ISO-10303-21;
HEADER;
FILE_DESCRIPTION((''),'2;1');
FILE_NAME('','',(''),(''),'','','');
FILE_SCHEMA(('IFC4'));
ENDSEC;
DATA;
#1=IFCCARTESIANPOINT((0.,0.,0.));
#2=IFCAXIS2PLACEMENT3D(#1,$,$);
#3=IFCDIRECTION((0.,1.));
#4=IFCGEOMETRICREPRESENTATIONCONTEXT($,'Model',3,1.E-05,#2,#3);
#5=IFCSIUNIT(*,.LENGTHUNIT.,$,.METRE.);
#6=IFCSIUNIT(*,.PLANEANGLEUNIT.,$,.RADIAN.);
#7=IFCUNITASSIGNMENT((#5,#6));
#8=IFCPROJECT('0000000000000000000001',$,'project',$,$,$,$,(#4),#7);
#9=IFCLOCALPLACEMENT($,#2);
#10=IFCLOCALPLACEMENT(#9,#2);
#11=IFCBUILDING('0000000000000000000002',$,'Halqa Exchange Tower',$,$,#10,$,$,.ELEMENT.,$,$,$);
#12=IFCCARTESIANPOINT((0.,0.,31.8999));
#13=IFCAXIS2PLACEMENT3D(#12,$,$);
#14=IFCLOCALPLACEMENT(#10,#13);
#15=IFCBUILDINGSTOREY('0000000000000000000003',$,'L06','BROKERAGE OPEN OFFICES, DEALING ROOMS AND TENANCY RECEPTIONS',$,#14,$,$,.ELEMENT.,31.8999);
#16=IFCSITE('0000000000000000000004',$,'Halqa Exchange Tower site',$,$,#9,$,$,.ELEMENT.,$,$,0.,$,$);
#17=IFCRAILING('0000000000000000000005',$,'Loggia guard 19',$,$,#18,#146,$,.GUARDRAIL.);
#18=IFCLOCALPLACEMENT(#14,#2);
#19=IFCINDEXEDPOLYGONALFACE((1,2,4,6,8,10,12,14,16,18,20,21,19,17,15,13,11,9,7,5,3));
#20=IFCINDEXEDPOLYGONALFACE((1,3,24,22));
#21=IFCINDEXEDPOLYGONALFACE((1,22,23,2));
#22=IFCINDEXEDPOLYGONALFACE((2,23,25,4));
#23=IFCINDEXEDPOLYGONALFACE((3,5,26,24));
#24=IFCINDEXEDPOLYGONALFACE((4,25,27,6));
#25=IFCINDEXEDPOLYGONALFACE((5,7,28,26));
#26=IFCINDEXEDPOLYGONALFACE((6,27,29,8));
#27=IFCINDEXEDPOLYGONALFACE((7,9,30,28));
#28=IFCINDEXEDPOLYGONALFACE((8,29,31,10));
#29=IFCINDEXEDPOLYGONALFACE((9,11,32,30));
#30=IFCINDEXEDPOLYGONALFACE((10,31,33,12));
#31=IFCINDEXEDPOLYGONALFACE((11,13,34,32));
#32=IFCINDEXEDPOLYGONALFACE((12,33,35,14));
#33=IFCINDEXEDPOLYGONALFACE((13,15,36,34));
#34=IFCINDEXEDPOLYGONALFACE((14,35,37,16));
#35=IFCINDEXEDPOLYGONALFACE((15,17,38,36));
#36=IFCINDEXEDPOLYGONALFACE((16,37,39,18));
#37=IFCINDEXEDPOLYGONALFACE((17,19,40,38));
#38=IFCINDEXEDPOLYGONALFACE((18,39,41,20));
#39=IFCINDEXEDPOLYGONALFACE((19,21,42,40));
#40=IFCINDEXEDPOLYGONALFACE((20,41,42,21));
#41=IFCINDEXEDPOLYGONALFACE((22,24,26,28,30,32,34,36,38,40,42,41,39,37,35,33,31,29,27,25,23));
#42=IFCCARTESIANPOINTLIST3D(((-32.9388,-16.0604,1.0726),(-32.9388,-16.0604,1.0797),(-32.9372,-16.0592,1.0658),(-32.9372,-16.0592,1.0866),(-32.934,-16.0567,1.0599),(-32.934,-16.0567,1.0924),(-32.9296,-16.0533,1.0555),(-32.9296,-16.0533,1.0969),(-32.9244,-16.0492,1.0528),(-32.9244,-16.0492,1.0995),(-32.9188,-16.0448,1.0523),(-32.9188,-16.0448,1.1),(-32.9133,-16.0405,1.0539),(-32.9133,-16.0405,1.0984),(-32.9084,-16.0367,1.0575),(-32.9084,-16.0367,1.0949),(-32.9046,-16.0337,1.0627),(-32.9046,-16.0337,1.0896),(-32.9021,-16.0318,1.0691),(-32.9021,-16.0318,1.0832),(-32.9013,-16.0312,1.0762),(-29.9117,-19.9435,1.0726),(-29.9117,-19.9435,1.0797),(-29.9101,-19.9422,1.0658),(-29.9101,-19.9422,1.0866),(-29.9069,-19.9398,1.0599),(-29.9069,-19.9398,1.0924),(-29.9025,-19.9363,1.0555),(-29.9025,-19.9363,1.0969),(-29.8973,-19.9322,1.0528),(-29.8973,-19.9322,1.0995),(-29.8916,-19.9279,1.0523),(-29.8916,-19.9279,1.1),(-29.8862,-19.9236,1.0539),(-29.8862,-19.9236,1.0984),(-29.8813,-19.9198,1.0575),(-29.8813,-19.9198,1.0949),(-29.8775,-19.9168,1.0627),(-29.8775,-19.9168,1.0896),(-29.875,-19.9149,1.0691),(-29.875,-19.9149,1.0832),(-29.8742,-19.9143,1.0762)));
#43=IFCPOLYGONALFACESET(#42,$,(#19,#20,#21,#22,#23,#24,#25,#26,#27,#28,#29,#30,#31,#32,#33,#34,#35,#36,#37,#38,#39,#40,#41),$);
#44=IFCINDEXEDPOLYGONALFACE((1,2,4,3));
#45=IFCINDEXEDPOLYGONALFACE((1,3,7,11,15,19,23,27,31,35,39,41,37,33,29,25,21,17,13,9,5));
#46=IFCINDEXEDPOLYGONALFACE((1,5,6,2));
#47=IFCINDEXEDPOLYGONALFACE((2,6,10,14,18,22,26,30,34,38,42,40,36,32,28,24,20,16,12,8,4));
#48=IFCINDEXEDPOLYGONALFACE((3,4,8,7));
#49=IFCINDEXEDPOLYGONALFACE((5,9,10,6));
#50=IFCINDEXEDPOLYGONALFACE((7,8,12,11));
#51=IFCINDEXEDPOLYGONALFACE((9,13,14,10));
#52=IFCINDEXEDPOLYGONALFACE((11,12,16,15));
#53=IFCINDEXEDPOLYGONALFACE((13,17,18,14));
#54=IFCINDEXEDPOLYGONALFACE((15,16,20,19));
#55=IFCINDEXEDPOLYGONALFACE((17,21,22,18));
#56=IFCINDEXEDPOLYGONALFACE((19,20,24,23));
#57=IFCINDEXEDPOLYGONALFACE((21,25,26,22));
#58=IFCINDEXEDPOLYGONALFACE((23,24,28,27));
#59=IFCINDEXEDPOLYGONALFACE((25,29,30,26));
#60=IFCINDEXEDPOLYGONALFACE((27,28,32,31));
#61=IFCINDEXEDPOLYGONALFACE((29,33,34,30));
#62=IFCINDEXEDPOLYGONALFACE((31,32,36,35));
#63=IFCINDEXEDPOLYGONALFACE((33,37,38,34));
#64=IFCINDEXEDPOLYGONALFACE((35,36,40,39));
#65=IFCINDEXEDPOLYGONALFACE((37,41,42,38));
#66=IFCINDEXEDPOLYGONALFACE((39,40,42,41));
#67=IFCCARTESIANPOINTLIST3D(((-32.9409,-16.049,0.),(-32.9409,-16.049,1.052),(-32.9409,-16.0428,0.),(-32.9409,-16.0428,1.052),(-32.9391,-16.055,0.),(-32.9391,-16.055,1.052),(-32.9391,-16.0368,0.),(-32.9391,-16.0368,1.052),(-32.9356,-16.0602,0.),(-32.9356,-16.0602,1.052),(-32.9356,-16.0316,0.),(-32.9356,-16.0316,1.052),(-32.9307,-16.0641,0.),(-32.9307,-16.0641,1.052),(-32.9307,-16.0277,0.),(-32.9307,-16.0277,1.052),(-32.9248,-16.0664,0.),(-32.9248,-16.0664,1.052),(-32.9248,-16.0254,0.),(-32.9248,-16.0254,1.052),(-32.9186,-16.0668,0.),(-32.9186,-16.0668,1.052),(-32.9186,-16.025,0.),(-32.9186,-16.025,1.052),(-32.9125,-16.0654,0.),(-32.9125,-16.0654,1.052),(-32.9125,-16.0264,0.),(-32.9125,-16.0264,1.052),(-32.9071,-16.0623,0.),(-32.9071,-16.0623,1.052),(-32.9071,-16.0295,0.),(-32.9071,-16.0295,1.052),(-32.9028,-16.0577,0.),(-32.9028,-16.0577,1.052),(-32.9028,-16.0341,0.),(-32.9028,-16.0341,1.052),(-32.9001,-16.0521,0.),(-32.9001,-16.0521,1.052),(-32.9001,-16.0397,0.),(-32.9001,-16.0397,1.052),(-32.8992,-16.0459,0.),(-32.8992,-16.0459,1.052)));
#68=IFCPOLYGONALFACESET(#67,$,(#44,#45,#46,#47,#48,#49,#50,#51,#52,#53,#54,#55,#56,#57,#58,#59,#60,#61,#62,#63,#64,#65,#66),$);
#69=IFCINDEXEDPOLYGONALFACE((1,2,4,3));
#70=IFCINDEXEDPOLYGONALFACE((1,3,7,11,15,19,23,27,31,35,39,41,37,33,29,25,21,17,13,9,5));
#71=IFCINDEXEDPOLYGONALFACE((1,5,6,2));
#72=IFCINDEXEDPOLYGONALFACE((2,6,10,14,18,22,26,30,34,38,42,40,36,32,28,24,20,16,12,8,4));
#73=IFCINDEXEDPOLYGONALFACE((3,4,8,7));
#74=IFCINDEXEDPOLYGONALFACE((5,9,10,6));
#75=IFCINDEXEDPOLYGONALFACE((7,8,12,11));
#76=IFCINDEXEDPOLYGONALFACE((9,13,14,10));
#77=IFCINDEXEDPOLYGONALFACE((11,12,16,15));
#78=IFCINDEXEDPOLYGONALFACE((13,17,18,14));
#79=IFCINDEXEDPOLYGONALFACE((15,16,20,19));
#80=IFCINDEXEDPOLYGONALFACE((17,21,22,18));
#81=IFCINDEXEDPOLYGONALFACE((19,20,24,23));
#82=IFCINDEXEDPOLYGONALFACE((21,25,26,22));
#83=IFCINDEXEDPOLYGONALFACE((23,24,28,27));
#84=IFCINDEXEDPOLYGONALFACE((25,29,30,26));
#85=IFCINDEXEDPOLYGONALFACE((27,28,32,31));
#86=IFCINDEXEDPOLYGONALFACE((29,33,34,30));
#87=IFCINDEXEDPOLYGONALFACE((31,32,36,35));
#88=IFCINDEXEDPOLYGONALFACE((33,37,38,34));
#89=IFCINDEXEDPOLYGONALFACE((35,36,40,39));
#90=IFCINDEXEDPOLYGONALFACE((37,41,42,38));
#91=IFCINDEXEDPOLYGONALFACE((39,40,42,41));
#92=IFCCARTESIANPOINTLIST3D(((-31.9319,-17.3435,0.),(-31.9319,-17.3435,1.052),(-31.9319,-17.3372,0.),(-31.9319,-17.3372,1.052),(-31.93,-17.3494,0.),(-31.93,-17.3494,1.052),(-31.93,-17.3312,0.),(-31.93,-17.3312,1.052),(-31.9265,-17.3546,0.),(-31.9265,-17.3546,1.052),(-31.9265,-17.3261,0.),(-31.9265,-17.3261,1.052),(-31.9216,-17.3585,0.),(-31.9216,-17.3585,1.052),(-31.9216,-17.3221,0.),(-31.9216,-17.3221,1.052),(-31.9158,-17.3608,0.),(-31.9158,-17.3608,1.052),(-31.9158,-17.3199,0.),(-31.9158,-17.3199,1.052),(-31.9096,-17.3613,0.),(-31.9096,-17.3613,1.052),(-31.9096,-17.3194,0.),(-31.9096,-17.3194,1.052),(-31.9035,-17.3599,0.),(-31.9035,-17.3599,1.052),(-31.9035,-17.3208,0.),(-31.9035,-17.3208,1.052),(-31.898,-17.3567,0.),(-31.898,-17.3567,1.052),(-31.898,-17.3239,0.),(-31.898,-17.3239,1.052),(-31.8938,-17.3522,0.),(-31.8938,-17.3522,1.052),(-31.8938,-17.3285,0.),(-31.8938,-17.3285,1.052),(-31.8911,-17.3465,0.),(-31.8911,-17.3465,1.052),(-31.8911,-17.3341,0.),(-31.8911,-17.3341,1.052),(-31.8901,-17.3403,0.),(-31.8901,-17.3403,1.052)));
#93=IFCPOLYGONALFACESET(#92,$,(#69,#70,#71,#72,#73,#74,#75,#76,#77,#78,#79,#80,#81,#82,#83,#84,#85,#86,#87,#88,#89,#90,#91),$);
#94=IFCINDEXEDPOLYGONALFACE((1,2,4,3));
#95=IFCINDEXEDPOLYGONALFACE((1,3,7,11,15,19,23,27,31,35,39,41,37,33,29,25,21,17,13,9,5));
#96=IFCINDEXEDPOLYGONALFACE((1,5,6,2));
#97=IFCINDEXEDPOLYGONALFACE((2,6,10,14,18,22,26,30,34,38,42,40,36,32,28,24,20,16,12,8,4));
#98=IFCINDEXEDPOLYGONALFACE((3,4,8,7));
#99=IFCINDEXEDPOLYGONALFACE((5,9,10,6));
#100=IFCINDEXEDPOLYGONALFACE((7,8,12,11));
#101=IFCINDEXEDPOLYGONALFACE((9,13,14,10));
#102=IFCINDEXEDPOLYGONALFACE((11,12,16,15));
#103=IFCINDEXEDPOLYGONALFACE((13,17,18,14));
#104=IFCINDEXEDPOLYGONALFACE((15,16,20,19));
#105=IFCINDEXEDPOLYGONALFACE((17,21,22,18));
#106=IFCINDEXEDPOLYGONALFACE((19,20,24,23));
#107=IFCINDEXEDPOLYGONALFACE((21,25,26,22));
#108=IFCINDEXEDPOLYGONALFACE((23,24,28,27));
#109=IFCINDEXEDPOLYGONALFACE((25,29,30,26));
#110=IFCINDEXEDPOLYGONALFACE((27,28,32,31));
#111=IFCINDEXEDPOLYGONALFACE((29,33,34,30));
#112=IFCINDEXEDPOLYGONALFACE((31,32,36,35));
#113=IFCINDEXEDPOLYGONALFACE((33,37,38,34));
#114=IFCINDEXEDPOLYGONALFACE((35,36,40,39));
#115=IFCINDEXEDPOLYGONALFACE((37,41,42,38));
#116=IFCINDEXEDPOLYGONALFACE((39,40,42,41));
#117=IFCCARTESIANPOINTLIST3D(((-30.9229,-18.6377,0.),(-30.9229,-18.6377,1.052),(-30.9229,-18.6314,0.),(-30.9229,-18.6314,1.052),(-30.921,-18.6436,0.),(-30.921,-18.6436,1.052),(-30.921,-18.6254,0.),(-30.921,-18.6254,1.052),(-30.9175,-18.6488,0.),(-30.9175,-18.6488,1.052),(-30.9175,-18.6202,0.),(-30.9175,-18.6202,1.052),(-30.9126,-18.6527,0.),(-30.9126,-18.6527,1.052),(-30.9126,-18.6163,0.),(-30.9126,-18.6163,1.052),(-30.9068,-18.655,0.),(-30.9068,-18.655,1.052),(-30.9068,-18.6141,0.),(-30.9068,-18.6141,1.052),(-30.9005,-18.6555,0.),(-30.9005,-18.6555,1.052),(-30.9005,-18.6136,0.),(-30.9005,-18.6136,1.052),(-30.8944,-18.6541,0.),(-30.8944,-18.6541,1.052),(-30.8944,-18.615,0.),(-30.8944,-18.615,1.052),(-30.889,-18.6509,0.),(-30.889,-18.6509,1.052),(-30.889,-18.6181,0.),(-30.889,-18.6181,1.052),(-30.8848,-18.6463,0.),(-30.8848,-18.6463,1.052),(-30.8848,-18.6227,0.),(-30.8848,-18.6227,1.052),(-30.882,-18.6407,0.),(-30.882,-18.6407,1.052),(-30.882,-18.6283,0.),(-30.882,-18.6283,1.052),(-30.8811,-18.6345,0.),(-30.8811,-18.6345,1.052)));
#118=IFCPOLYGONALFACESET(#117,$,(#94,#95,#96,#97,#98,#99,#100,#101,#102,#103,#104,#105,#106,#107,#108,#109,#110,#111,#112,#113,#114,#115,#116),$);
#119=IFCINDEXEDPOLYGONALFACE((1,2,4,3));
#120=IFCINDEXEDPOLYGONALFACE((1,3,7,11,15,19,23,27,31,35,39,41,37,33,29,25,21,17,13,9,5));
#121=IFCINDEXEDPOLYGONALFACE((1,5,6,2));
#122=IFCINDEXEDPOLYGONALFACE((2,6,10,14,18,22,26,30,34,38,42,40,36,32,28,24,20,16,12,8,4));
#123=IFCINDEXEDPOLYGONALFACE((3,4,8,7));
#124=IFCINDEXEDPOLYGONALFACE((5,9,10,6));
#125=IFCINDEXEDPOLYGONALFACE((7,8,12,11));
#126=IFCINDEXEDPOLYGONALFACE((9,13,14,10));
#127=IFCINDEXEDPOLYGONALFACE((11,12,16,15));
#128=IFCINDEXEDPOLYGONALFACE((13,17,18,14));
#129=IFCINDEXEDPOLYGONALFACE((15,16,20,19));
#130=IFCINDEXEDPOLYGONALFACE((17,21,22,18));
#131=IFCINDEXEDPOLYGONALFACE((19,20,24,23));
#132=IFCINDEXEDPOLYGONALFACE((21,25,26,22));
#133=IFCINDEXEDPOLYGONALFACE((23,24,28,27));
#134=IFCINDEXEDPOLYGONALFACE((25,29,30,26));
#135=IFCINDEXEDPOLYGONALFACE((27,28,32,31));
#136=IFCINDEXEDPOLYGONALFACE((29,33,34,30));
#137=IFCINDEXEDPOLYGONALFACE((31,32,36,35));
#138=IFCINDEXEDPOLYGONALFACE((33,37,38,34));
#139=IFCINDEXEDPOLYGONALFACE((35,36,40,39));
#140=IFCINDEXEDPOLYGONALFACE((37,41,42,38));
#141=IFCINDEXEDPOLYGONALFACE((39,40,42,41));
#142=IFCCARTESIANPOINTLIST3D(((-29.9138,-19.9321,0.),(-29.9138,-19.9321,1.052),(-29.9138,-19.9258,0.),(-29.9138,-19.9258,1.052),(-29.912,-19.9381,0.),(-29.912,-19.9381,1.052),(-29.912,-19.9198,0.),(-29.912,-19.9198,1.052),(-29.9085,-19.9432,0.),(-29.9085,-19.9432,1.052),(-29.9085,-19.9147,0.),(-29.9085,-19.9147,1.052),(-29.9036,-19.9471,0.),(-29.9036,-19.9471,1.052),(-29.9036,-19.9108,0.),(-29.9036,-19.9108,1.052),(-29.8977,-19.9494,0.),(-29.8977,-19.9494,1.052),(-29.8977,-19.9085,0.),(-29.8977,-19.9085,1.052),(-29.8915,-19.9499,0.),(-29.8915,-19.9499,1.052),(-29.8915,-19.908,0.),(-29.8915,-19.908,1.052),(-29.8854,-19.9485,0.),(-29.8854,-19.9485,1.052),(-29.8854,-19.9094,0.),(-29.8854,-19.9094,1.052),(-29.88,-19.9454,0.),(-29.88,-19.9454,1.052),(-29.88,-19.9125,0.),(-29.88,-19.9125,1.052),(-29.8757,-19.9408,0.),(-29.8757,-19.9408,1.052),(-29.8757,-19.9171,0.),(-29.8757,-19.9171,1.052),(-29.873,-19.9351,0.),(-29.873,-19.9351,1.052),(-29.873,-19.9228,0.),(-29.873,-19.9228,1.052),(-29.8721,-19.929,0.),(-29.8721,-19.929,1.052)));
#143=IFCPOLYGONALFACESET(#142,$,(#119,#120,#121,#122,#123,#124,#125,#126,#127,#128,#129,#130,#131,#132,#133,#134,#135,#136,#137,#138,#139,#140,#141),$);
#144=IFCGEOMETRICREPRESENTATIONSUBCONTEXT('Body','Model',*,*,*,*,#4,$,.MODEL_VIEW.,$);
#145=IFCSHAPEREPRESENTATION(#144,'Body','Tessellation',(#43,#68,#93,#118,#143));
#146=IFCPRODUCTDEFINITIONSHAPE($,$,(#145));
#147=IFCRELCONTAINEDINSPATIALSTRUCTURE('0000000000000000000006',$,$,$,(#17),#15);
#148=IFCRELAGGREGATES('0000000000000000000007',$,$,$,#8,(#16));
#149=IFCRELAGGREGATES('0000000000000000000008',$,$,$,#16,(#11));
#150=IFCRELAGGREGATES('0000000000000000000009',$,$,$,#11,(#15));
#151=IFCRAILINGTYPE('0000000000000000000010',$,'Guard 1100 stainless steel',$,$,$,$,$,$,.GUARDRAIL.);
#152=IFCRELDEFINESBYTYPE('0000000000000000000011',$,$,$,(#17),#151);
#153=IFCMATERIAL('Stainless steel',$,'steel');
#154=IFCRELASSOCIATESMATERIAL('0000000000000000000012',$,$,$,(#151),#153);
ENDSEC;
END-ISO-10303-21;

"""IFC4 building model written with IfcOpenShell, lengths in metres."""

from ifc_helpers import new_model, si_unit, direction, frame, origin, origin_2d, place, context, subcontext, project, spatial, circle, extrude, material, type_object, element, save


model = new_model("IFC4")

# Units and contexts
model_context = context("Model", 3, precision=1e-05, world=origin(), true_north=direction((0.0, 1.0)))
body_context = subcontext(model_context, "Body", "Model", "MODEL_VIEW")
ifc_project = project(units=[si_unit("LENGTHUNIT", "METRE"), si_unit("PLANEANGLEUNIT", "RADIAN")], contexts=[model_context])

# Site, building, storey
site_placement = place(None, origin())
site = spatial("IfcSite", under=ifc_project, at=site_placement, Name="Halqa Exchange Tower site", CompositionType="ELEMENT", RefElevation=0.0)
building_placement = place(site_placement, origin())
building = spatial("IfcBuilding", under=site, at=building_placement, Name="Halqa Exchange Tower", CompositionType="ELEMENT")
storey_placement = place(building_placement, frame((0.0, 0.0, 31.8999)))
storey = spatial("IfcBuildingStorey", under=building, at=storey_placement, Name="L06", Description="BROKERAGE OPEN OFFICES, DEALING ROOMS AND TENANCY RECEPTIONS", CompositionType="ELEMENT", Elevation=31.8999)

# Railing
ifc_material_1 = material(Name="Stainless steel", Category="steel")
railing_type = type_object("IfcRailingType", Name="Guard 1100 stainless steel", PredefinedType="GUARDRAIL", material=ifc_material_1)
railing_1_placement = place(storey_placement, frame((-32.9202, -16.0459, 0.0)))
element("IfcRailing", 1, at=railing_1_placement, inside=storey, type_object=railing_type, Name="Loggia guard 19", PredefinedType="GUARDRAIL", context=body_context, shape_type="SweptSolid", body=[
    extrude(circle(Radius=0.0239, at=origin_2d()), frame((0.0, 0.0, 1.0762), z_axis=(0.614819, -0.788668, 0.0), x_axis=(0.788668, 0.614819, 0.0)), (0.0, 0.0, 1.0), 4.9236),
    extrude(circle(Radius=0.021, at=origin_2d()), origin(), (0.0, 0.0, 1.0), 1.052),
    extrude(circle(Radius=0.021, at=origin_2d()), frame((1.009, -1.2944, 0.0)), (0.0, 0.0, 1.0), 1.052),
    extrude(circle(Radius=0.021, at=origin_2d()), frame((2.0181, -2.5886, 0.0)), (0.0, 0.0, 1.0), 1.052),
    extrude(circle(Radius=0.021, at=origin_2d()), frame((3.0271, -3.8831, 0.0)), (0.0, 0.0, 1.0), 1.052),
])

save(model, "model.ifc")
